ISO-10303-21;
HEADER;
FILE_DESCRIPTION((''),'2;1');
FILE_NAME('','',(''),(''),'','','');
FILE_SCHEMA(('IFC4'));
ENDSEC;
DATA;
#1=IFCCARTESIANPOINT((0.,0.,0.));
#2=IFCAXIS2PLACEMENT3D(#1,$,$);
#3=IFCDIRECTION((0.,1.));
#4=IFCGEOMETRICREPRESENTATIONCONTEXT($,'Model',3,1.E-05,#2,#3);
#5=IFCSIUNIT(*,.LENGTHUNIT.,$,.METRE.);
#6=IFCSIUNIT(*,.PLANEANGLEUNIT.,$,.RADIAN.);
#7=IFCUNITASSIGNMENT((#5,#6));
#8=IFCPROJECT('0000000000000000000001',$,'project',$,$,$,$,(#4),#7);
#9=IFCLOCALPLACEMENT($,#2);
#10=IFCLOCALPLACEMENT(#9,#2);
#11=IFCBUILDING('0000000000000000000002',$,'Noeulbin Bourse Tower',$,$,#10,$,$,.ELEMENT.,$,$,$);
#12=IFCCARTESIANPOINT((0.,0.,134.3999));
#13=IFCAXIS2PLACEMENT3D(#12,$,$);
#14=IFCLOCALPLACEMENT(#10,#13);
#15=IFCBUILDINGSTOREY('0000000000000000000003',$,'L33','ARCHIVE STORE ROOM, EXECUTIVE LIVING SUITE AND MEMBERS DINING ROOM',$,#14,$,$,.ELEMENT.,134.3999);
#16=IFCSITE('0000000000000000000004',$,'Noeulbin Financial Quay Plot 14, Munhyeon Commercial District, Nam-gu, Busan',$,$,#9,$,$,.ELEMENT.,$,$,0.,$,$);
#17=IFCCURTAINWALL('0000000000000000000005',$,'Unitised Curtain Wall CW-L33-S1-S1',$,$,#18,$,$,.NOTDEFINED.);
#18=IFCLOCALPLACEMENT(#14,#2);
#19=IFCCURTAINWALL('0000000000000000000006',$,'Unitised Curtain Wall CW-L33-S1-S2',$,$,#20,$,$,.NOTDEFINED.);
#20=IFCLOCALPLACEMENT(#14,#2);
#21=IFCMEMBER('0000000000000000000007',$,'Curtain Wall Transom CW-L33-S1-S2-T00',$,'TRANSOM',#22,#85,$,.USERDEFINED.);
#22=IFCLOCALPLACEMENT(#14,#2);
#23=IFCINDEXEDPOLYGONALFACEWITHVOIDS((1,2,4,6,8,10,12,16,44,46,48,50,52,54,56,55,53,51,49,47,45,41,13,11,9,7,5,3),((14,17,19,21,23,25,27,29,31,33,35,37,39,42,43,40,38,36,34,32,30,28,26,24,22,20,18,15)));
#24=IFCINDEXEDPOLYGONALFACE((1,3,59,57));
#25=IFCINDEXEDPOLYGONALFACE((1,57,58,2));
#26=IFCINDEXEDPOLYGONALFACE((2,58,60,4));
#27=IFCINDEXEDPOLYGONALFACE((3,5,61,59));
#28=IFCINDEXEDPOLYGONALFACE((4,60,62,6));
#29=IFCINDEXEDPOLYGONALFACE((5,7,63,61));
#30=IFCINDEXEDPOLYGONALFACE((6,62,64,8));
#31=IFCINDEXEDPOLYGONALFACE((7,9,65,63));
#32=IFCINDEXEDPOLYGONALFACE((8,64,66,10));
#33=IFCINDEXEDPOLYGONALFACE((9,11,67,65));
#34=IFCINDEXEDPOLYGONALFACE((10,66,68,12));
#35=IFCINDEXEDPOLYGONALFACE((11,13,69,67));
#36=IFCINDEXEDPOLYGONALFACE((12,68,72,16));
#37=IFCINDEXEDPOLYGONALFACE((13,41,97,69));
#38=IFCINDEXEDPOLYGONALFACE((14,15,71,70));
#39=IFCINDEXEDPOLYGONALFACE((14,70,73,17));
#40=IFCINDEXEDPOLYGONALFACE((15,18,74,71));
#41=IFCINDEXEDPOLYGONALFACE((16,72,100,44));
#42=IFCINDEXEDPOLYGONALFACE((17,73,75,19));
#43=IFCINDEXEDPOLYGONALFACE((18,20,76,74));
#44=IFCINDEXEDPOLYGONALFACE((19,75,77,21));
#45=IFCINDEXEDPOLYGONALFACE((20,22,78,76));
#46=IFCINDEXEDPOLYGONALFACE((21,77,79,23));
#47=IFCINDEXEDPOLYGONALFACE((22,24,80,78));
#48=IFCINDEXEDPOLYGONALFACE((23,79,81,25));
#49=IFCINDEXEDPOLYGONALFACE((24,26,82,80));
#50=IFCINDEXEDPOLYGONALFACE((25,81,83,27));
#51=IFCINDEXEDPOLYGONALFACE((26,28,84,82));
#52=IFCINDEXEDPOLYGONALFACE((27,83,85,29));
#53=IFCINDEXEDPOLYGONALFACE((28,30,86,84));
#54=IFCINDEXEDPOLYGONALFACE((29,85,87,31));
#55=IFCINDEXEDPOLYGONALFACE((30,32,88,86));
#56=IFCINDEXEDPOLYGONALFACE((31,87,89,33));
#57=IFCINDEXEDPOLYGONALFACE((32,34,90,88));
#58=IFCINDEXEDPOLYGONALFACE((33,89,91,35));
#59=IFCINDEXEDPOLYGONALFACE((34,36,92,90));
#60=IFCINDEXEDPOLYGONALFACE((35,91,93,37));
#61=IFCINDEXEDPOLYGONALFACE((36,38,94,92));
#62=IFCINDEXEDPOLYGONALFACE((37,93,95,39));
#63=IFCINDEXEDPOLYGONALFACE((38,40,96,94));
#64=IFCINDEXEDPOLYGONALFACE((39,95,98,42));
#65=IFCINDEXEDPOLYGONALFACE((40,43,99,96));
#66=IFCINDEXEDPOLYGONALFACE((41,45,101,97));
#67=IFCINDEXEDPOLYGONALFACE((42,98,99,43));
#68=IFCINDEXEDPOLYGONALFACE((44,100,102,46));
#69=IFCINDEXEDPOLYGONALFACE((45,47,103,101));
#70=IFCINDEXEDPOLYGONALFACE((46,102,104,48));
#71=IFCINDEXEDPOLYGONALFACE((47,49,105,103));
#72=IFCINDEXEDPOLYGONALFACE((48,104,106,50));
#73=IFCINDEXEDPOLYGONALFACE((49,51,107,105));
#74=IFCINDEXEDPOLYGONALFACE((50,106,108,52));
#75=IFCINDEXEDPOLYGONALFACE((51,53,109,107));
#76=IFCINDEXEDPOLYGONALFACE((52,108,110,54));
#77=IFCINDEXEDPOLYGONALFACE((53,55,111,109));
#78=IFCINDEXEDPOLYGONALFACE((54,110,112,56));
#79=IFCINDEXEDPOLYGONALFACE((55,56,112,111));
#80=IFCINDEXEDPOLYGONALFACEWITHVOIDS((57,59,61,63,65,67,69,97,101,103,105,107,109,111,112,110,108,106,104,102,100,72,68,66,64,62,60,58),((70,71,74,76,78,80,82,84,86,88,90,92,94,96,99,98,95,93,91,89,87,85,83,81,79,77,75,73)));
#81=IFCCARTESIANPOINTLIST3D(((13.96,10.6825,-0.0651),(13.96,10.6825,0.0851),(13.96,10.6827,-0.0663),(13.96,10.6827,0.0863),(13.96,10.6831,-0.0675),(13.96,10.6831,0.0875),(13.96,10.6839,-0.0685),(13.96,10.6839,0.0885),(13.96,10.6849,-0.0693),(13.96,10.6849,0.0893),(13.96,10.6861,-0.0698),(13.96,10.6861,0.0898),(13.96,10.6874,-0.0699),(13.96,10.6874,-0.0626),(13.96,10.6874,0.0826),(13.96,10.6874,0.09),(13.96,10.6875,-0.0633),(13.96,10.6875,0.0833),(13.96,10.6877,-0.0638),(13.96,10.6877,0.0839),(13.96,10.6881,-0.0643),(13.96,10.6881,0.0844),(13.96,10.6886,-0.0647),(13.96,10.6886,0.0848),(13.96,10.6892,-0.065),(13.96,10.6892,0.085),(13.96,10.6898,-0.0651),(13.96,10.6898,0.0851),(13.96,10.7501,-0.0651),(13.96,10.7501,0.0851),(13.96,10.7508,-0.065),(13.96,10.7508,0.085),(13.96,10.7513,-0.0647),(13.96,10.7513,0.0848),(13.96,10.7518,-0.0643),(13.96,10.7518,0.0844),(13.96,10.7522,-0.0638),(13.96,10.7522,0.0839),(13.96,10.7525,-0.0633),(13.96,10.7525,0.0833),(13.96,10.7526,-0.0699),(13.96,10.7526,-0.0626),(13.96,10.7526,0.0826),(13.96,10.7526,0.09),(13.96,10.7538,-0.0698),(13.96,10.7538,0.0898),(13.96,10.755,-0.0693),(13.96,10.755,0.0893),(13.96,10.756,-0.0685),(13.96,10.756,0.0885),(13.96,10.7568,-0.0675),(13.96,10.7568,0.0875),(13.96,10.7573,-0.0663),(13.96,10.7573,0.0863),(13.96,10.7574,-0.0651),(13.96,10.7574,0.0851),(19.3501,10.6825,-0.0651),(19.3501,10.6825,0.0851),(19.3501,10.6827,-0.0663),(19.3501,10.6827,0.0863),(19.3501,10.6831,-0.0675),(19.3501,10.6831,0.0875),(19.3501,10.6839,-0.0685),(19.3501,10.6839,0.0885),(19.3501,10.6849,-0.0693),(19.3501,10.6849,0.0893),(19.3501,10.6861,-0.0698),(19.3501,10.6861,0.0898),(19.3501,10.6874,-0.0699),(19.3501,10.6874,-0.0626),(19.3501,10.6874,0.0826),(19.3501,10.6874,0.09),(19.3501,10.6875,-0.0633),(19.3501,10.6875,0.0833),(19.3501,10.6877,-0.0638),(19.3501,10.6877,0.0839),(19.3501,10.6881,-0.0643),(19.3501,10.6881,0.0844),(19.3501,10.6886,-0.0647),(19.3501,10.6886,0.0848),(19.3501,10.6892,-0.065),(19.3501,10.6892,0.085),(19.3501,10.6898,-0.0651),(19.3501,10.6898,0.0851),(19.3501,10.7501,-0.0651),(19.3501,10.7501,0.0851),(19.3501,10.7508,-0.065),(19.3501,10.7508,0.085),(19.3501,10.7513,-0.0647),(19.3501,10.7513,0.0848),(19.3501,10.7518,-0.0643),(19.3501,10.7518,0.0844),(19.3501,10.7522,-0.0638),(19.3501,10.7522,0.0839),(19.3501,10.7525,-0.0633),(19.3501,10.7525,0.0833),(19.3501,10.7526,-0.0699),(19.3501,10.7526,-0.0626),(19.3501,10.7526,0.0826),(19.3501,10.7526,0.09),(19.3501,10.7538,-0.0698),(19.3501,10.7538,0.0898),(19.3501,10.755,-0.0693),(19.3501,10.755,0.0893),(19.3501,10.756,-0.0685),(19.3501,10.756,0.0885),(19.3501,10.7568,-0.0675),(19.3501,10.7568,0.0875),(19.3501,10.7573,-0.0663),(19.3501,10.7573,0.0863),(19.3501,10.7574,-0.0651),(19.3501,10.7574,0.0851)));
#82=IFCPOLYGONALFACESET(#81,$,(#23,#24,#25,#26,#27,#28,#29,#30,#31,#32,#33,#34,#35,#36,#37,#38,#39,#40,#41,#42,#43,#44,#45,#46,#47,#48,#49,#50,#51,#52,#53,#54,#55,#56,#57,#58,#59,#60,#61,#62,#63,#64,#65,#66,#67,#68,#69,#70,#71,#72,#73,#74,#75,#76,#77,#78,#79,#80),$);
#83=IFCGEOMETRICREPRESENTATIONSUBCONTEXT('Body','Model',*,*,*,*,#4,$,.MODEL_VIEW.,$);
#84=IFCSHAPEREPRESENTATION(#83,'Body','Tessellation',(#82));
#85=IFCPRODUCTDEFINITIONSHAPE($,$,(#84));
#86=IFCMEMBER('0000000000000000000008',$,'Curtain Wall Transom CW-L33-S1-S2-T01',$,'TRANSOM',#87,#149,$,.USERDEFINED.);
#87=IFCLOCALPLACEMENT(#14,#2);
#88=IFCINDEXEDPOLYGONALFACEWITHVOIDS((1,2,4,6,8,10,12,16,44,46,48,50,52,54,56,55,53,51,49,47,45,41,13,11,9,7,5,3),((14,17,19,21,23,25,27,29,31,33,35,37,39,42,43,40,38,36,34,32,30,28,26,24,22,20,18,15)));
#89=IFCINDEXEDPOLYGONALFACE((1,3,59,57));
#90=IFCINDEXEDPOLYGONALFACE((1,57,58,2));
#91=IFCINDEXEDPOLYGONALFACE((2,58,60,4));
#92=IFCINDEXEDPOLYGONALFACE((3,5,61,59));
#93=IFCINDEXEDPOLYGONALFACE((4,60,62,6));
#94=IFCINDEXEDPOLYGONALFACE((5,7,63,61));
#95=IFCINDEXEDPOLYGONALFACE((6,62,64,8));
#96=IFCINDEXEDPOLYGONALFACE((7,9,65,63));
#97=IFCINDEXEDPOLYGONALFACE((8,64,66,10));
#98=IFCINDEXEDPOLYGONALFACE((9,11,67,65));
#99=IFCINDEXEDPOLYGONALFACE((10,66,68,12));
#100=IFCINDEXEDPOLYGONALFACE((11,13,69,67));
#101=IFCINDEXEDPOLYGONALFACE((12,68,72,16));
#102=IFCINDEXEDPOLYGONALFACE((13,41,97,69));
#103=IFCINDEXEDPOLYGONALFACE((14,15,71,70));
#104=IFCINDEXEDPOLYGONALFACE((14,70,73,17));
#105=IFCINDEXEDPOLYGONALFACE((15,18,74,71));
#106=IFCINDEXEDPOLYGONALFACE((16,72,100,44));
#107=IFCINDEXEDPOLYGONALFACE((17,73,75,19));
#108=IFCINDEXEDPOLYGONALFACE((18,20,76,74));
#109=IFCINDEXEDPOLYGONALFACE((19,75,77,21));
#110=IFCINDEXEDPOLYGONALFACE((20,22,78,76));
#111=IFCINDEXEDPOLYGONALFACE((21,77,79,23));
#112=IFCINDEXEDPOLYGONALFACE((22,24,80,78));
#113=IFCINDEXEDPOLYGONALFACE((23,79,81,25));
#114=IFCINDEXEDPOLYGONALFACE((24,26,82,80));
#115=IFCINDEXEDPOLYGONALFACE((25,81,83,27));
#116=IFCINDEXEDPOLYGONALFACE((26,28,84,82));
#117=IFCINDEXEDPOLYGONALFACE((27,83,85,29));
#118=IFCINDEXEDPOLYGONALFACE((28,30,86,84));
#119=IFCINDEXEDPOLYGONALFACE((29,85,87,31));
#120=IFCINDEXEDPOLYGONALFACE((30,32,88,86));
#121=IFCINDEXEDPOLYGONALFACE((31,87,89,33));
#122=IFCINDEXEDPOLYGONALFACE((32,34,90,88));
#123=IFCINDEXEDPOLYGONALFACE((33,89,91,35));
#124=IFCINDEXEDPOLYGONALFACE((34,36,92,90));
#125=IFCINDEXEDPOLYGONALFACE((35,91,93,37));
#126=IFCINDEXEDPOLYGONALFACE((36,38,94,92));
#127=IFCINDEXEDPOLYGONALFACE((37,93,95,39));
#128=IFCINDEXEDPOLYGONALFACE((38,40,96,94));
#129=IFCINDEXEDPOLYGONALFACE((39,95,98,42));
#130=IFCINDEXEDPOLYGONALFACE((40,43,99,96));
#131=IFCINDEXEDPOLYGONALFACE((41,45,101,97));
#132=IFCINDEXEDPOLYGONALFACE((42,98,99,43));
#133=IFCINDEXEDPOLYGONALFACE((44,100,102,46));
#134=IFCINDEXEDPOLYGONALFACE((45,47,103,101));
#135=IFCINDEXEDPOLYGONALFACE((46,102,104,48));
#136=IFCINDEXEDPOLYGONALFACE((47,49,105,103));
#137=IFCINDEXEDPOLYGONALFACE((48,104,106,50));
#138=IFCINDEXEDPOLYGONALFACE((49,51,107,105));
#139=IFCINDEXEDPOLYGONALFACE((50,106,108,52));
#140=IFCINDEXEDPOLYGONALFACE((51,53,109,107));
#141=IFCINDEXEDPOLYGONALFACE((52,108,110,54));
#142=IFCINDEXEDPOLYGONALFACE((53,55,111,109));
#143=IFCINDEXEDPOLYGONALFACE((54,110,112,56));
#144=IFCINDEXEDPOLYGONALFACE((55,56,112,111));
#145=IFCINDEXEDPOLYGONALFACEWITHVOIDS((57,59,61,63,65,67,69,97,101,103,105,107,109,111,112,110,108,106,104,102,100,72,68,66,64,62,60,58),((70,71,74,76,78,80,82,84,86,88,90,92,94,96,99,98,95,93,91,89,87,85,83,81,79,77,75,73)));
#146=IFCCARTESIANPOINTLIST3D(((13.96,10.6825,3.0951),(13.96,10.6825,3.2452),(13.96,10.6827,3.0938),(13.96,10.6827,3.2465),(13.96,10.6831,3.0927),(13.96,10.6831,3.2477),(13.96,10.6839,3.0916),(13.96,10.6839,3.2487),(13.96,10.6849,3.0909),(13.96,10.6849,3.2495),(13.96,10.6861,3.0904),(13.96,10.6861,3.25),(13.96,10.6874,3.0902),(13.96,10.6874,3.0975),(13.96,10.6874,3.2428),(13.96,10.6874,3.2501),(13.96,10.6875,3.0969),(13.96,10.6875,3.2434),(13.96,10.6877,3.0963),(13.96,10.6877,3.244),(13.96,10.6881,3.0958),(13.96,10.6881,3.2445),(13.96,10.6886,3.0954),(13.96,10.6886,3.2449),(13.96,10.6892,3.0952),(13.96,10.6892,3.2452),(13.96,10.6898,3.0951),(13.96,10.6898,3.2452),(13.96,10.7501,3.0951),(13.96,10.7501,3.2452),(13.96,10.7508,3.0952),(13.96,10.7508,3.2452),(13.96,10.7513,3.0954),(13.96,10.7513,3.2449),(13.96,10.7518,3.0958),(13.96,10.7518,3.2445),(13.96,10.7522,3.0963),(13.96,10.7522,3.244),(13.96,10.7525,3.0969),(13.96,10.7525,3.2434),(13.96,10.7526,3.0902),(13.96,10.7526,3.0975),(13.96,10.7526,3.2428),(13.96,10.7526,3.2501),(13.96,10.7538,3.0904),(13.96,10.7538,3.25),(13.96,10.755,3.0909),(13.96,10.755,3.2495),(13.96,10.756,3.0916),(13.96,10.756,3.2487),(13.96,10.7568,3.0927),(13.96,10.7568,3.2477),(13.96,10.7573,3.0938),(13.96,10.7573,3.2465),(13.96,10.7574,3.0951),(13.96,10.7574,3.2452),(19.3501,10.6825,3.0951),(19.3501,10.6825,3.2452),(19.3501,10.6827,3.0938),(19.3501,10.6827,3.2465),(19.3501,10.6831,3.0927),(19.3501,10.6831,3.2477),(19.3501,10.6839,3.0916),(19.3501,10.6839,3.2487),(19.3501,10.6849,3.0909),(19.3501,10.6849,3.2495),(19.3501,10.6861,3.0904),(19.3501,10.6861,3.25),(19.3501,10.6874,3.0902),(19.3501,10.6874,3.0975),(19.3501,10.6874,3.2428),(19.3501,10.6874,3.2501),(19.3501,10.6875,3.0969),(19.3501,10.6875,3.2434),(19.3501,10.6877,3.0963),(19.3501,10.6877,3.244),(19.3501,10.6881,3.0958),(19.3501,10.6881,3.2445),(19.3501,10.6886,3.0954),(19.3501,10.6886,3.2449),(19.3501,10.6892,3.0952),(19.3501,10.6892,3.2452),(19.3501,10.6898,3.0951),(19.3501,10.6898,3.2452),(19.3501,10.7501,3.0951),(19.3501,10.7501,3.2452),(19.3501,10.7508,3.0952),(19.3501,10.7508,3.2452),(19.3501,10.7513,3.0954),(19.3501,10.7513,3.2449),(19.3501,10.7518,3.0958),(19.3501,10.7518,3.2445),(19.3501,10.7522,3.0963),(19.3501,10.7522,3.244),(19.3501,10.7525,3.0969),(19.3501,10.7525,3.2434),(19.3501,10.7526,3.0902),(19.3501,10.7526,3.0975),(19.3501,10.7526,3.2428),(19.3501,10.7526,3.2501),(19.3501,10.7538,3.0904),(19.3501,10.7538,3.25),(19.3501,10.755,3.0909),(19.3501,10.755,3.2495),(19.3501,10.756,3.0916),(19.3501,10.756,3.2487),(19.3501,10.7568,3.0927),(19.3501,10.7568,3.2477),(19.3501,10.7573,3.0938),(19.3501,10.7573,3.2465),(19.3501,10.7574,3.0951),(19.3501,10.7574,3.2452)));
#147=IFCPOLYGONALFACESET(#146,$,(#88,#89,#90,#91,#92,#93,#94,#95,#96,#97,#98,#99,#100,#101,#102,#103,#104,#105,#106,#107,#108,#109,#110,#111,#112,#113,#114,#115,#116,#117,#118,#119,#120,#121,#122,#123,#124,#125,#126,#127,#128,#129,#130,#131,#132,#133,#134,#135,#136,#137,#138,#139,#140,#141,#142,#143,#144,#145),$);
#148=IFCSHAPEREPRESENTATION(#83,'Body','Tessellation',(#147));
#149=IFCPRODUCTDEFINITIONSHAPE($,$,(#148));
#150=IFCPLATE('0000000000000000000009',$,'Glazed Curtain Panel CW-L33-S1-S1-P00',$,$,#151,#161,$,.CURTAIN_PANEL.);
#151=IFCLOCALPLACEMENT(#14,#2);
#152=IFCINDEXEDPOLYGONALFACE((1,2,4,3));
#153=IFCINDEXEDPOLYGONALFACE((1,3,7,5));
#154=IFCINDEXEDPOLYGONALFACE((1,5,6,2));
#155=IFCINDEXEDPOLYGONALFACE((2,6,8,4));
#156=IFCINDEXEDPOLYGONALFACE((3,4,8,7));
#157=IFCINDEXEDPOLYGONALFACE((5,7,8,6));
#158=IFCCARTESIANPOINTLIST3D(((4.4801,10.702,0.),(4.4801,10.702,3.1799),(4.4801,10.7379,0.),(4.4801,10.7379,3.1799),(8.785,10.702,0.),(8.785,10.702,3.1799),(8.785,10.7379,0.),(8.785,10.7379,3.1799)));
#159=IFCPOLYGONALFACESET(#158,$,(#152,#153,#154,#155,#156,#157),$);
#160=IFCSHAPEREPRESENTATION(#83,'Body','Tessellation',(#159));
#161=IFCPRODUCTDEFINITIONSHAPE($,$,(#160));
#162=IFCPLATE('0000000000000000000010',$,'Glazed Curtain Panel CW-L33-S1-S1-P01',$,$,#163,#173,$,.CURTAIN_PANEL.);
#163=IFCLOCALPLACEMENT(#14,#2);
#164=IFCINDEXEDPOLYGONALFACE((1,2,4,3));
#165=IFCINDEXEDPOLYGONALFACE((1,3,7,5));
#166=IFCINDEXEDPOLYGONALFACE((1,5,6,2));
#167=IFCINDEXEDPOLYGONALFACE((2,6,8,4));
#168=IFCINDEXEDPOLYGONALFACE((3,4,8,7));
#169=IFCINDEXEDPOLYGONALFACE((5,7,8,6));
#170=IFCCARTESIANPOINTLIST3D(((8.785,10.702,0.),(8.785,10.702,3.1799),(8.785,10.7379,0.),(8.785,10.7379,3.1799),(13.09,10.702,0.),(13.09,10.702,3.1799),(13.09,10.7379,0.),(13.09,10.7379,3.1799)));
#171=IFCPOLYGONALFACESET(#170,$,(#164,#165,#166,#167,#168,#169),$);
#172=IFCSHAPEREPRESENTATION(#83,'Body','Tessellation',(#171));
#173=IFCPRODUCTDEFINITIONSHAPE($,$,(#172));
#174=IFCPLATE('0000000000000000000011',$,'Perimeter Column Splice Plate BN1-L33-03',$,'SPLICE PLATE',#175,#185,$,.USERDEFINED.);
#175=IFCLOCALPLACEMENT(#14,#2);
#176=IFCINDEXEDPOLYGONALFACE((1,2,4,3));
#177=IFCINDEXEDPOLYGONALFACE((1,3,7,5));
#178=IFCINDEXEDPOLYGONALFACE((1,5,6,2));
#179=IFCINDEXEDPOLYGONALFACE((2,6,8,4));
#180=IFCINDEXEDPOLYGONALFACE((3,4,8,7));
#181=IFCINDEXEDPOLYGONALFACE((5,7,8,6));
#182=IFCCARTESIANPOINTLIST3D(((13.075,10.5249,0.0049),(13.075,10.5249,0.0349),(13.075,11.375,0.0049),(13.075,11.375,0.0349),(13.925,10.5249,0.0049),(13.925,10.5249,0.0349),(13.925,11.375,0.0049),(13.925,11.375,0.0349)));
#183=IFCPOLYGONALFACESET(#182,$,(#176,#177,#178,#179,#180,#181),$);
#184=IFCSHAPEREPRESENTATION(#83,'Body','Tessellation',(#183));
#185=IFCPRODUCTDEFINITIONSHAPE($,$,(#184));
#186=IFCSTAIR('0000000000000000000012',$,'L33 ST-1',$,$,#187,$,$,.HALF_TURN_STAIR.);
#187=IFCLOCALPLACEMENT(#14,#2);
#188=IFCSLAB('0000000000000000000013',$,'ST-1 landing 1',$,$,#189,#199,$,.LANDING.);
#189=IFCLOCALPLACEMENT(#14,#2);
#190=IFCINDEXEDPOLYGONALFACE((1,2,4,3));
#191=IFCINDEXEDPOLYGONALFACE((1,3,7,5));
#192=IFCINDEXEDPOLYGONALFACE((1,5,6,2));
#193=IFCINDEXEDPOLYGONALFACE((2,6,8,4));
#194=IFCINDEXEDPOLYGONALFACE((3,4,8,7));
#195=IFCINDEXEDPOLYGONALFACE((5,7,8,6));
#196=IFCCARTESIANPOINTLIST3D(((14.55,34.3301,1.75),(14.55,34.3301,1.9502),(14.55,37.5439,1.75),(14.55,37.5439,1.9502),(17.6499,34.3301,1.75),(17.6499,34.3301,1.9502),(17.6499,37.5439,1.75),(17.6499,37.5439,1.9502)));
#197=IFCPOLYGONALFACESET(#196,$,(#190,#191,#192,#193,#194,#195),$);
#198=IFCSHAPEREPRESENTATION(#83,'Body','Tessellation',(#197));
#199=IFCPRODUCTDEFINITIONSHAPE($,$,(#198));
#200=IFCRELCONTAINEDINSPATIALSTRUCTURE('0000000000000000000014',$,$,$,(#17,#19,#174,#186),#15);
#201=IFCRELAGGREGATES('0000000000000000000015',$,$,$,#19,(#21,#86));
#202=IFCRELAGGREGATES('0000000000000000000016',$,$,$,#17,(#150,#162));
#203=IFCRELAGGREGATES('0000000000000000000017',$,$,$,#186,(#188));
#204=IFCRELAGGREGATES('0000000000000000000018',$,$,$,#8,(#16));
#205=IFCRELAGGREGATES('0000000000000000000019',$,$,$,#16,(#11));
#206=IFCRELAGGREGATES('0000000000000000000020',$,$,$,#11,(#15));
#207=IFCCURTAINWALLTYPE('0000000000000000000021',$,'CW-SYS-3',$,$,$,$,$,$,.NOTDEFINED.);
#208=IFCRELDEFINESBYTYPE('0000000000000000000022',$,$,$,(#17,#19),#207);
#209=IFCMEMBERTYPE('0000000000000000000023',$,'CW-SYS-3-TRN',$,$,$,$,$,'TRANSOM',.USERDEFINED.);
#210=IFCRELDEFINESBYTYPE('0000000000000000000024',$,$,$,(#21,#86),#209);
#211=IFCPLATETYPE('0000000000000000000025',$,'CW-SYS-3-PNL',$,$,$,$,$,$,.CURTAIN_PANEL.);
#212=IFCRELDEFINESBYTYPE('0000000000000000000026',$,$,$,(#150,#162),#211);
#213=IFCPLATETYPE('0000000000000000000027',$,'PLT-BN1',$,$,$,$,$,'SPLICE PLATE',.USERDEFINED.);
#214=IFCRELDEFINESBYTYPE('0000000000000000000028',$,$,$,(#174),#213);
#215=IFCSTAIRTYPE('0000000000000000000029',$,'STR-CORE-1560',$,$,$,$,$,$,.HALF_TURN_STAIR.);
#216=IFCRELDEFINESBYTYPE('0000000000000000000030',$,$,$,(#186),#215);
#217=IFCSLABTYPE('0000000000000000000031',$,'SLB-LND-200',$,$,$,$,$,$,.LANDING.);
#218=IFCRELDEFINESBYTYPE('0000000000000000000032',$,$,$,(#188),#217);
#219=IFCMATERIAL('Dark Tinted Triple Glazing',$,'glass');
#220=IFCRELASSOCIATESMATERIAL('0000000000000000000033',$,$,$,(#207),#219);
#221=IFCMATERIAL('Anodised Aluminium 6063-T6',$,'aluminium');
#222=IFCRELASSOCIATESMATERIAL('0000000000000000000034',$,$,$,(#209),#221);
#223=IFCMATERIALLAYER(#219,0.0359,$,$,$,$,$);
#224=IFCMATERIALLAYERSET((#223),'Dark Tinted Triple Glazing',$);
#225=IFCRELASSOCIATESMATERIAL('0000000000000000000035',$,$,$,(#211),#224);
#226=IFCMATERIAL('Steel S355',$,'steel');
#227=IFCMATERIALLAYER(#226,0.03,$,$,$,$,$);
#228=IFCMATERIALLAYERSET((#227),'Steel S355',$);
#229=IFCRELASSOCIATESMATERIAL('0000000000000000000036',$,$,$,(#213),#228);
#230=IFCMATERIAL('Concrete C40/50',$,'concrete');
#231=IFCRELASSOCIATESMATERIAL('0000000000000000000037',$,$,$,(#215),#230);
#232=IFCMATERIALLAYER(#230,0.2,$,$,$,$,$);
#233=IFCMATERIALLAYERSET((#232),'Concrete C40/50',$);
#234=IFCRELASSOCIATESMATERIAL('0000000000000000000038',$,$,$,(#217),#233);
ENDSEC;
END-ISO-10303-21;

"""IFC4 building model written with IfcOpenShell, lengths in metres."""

from ifc_helpers import new_model, si_unit, direction, frame, origin, origin_2d, place, context, subcontext, project, spatial, polyline, rectangle, hollow_rectangle, outline, extrude, material, layer, layer_set, material_profile, profile_set, type_object, element, aggregate, save


model = new_model("IFC4")

# Units and contexts
model_context = context("Model", 3, precision=1e-05, world=origin(), true_north=direction((0.0, 1.0)))
body_context = subcontext(model_context, "Body", "Model", "MODEL_VIEW")
ifc_project = project(units=[si_unit("LENGTHUNIT", "METRE"), si_unit("PLANEANGLEUNIT", "RADIAN")], contexts=[model_context])

# Site, building, storey
site_placement = place(None, origin())
site = spatial("IfcSite", under=ifc_project, at=site_placement, Name="Noeulbin Financial Quay Plot 14, Munhyeon Commercial District, Nam-gu, Busan", CompositionType="ELEMENT", RefElevation=0.0)
building_placement = place(site_placement, origin())
building = spatial("IfcBuilding", under=site, at=building_placement, Name="Noeulbin Bourse Tower", CompositionType="ELEMENT")
storey_placement = place(building_placement, frame((0.0, 0.0, 134.3999)))
storey = spatial("IfcBuildingStorey", under=building, at=storey_placement, Name="L33", Description="ARCHIVE STORE ROOM, EXECUTIVE LIVING SUITE AND MEMBERS DINING ROOM", CompositionType="ELEMENT", Elevation=134.3999)

# Shared definitions
ifc_material_1 = material(Name="Steel S355", Category="steel")

# Curtain wall
ifc_material_2 = material(Name="Dark Tinted Triple Glazing", Category="glass")
curtain_wall_type = type_object("IfcCurtainWallType", Name="CW-SYS-3", PredefinedType="NOTDEFINED", material=ifc_material_2)
curtain_wall_1_placement = place(storey_placement, origin())
curtain_wall_1 = element("IfcCurtainWall", 1, at=curtain_wall_1_placement, inside=storey, type_object=curtain_wall_type, Name="Unitised Curtain Wall CW-L33-S1-S1", PredefinedType="NOTDEFINED")
ifc_material_3 = material(Name="Anodised Aluminium 6063-T6", Category="aluminium")

# Curtain wall
curtain_wall_2_placement = place(storey_placement, origin())
curtain_wall_2 = element("IfcCurtainWall", 2, at=curtain_wall_2_placement, inside=storey, type_object=curtain_wall_type, Name="Unitised Curtain Wall CW-L33-S1-S2", PredefinedType="NOTDEFINED")

# Members
ifc_material_profile_1 = material_profile(ifc_material_3, hollow_rectangle(XDim=0.075, YDim=0.1599, WallThickness=0.0049, InnerFilletRadius=0.0024, OuterFilletRadius=0.0049, at=origin_2d()), Name="ALU-TRAN-75x160x5", Category="LoadBearing")
ifc_profile_set_1 = profile_set([ifc_material_profile_1], Name="Anodised Aluminium 6063-T6")
member_type_1 = type_object("IfcMemberType", Name="CW-SYS-3-TRN", ElementType="TRANSOM", PredefinedType="USERDEFINED", material=ifc_profile_set_1)
member_1_placement = place(storey_placement, frame((13.96, 10.72, 0.01), z_axis=(1.0, 0.0, 0.0), x_axis=(0.0, 1.0, 0.0)))
member_1 = element("IfcMember", 3, at=member_1_placement, type_object=member_type_1, Name="Curtain Wall Transom CW-L33-S1-S2-T00", ObjectType="TRANSOM", PredefinedType="USERDEFINED", context=body_context, shape_type="SweptSolid", body=[
    extrude(hollow_rectangle(XDim=0.075, YDim=0.1599, WallThickness=0.0049, InnerFilletRadius=0.0024, OuterFilletRadius=0.0049, at=origin_2d()), origin(), (0.0, 0.0, 1.0), 5.3901),
])
member_2_placement = place(storey_placement, frame((13.96, 10.72, 3.1702), z_axis=(1.0, 0.0, 0.0), x_axis=(0.0, 1.0, 0.0)))
member_2 = element("IfcMember", 4, at=member_2_placement, type_object=member_type_1, Name="Curtain Wall Transom CW-L33-S1-S2-T01", ObjectType="TRANSOM", PredefinedType="USERDEFINED", context=body_context, shape_type="SweptSolid", body=[
    extrude(hollow_rectangle(XDim=0.075, YDim=0.1599, WallThickness=0.0049, InnerFilletRadius=0.0024, OuterFilletRadius=0.0049, at=origin_2d()), origin(), (0.0, 0.0, 1.0), 5.3901),
])
aggregate(curtain_wall_2, [member_1, member_2])

# Plates
ifc_layer_1 = layer(ifc_material_2, 0.0359)
ifc_layer_set_1 = layer_set([ifc_layer_1], Name="Dark Tinted Triple Glazing")
plate_type_1 = type_object("IfcPlateType", Name="CW-SYS-3-PNL", PredefinedType="CURTAIN_PANEL", material=ifc_layer_set_1)
plate_1_placement = place(storey_placement, frame((6.6326, 10.72, 0.0), z_axis=(0.0, 0.0, 1.0), x_axis=(1.0, 0.0, 0.0)))
plate_1 = element("IfcPlate", 5, at=plate_1_placement, type_object=plate_type_1, Name="Glazed Curtain Panel CW-L33-S1-S1-P00", PredefinedType="CURTAIN_PANEL", context=body_context, shape_type="SweptSolid", body=[
    extrude(rectangle(XDim=4.3049, YDim=0.0359, at=origin_2d()), origin(), (0.0, 0.0, 1.0), 3.1799),
])
plate_2_placement = place(storey_placement, frame((10.9375, 10.72, 0.0), z_axis=(0.0, 0.0, 1.0), x_axis=(1.0, 0.0, 0.0)))
plate_2 = element("IfcPlate", 6, at=plate_2_placement, type_object=plate_type_1, Name="Glazed Curtain Panel CW-L33-S1-S1-P01", PredefinedType="CURTAIN_PANEL", context=body_context, shape_type="SweptSolid", body=[
    extrude(rectangle(XDim=4.3049, YDim=0.0359, at=origin_2d()), origin(), (0.0, 0.0, 1.0), 3.1799),
])
aggregate(curtain_wall_1, [plate_1, plate_2])
ifc_layer_2 = layer(ifc_material_1, 0.03)
ifc_layer_set_2 = layer_set([ifc_layer_2], Name="Steel S355")
plate_type_2 = type_object("IfcPlateType", Name="PLT-BN1", ElementType="SPLICE PLATE", PredefinedType="USERDEFINED", material=ifc_layer_set_2)
plate_3_placement = place(storey_placement, frame((13.5, 10.95, 0.0049), z_axis=(0.0, 0.0, 1.0), x_axis=(1.0, 0.0, 0.0)))
element("IfcPlate", 7, at=plate_3_placement, inside=storey, type_object=plate_type_2, Name="Perimeter Column Splice Plate BN1-L33-03", ObjectType="SPLICE PLATE", PredefinedType="USERDEFINED", context=body_context, shape_type="SweptSolid", body=[
    extrude(rectangle(XDim=0.8501, YDim=0.8501, at=origin_2d()), origin(), (0.0, 0.0, 1.0), 0.03),
])

# Stair, slab
ifc_material_4 = material(Name="Concrete C40/50", Category="concrete")
stair_type = type_object("IfcStairType", Name="STR-CORE-1560", PredefinedType="HALF_TURN_STAIR", material=ifc_material_4)
stair_1_placement = place(storey_placement, origin())
stair_1 = element("IfcStair", 8, at=stair_1_placement, inside=storey, type_object=stair_type, Name="L33 ST-1", PredefinedType="HALF_TURN_STAIR")
ifc_layer_3 = layer(ifc_material_4, 0.2)
ifc_layer_set_3 = layer_set([ifc_layer_3], Name="Concrete C40/50")
slab_type_1 = type_object("IfcSlabType", Name="SLB-LND-200", PredefinedType="LANDING", material=ifc_layer_set_3)
slab_1_placement = place(storey_placement, frame((0.0, 0.0, 1.75)))
slab_1 = element("IfcSlab", 9, at=slab_1_placement, type_object=slab_type_1, Name="ST-1 landing 1", PredefinedType="LANDING", context=body_context, shape_type="SweptSolid", body=[
    extrude(outline(polyline([(17.6499, 34.3301), (17.6499, 37.5439), (14.55, 37.5439), (14.55, 34.3301), (17.6499, 34.3301)])), origin(), (0.0, 0.0, 1.0), 0.2002),
])
aggregate(stair_1, [slab_1])

save(model, "model.ifc")
